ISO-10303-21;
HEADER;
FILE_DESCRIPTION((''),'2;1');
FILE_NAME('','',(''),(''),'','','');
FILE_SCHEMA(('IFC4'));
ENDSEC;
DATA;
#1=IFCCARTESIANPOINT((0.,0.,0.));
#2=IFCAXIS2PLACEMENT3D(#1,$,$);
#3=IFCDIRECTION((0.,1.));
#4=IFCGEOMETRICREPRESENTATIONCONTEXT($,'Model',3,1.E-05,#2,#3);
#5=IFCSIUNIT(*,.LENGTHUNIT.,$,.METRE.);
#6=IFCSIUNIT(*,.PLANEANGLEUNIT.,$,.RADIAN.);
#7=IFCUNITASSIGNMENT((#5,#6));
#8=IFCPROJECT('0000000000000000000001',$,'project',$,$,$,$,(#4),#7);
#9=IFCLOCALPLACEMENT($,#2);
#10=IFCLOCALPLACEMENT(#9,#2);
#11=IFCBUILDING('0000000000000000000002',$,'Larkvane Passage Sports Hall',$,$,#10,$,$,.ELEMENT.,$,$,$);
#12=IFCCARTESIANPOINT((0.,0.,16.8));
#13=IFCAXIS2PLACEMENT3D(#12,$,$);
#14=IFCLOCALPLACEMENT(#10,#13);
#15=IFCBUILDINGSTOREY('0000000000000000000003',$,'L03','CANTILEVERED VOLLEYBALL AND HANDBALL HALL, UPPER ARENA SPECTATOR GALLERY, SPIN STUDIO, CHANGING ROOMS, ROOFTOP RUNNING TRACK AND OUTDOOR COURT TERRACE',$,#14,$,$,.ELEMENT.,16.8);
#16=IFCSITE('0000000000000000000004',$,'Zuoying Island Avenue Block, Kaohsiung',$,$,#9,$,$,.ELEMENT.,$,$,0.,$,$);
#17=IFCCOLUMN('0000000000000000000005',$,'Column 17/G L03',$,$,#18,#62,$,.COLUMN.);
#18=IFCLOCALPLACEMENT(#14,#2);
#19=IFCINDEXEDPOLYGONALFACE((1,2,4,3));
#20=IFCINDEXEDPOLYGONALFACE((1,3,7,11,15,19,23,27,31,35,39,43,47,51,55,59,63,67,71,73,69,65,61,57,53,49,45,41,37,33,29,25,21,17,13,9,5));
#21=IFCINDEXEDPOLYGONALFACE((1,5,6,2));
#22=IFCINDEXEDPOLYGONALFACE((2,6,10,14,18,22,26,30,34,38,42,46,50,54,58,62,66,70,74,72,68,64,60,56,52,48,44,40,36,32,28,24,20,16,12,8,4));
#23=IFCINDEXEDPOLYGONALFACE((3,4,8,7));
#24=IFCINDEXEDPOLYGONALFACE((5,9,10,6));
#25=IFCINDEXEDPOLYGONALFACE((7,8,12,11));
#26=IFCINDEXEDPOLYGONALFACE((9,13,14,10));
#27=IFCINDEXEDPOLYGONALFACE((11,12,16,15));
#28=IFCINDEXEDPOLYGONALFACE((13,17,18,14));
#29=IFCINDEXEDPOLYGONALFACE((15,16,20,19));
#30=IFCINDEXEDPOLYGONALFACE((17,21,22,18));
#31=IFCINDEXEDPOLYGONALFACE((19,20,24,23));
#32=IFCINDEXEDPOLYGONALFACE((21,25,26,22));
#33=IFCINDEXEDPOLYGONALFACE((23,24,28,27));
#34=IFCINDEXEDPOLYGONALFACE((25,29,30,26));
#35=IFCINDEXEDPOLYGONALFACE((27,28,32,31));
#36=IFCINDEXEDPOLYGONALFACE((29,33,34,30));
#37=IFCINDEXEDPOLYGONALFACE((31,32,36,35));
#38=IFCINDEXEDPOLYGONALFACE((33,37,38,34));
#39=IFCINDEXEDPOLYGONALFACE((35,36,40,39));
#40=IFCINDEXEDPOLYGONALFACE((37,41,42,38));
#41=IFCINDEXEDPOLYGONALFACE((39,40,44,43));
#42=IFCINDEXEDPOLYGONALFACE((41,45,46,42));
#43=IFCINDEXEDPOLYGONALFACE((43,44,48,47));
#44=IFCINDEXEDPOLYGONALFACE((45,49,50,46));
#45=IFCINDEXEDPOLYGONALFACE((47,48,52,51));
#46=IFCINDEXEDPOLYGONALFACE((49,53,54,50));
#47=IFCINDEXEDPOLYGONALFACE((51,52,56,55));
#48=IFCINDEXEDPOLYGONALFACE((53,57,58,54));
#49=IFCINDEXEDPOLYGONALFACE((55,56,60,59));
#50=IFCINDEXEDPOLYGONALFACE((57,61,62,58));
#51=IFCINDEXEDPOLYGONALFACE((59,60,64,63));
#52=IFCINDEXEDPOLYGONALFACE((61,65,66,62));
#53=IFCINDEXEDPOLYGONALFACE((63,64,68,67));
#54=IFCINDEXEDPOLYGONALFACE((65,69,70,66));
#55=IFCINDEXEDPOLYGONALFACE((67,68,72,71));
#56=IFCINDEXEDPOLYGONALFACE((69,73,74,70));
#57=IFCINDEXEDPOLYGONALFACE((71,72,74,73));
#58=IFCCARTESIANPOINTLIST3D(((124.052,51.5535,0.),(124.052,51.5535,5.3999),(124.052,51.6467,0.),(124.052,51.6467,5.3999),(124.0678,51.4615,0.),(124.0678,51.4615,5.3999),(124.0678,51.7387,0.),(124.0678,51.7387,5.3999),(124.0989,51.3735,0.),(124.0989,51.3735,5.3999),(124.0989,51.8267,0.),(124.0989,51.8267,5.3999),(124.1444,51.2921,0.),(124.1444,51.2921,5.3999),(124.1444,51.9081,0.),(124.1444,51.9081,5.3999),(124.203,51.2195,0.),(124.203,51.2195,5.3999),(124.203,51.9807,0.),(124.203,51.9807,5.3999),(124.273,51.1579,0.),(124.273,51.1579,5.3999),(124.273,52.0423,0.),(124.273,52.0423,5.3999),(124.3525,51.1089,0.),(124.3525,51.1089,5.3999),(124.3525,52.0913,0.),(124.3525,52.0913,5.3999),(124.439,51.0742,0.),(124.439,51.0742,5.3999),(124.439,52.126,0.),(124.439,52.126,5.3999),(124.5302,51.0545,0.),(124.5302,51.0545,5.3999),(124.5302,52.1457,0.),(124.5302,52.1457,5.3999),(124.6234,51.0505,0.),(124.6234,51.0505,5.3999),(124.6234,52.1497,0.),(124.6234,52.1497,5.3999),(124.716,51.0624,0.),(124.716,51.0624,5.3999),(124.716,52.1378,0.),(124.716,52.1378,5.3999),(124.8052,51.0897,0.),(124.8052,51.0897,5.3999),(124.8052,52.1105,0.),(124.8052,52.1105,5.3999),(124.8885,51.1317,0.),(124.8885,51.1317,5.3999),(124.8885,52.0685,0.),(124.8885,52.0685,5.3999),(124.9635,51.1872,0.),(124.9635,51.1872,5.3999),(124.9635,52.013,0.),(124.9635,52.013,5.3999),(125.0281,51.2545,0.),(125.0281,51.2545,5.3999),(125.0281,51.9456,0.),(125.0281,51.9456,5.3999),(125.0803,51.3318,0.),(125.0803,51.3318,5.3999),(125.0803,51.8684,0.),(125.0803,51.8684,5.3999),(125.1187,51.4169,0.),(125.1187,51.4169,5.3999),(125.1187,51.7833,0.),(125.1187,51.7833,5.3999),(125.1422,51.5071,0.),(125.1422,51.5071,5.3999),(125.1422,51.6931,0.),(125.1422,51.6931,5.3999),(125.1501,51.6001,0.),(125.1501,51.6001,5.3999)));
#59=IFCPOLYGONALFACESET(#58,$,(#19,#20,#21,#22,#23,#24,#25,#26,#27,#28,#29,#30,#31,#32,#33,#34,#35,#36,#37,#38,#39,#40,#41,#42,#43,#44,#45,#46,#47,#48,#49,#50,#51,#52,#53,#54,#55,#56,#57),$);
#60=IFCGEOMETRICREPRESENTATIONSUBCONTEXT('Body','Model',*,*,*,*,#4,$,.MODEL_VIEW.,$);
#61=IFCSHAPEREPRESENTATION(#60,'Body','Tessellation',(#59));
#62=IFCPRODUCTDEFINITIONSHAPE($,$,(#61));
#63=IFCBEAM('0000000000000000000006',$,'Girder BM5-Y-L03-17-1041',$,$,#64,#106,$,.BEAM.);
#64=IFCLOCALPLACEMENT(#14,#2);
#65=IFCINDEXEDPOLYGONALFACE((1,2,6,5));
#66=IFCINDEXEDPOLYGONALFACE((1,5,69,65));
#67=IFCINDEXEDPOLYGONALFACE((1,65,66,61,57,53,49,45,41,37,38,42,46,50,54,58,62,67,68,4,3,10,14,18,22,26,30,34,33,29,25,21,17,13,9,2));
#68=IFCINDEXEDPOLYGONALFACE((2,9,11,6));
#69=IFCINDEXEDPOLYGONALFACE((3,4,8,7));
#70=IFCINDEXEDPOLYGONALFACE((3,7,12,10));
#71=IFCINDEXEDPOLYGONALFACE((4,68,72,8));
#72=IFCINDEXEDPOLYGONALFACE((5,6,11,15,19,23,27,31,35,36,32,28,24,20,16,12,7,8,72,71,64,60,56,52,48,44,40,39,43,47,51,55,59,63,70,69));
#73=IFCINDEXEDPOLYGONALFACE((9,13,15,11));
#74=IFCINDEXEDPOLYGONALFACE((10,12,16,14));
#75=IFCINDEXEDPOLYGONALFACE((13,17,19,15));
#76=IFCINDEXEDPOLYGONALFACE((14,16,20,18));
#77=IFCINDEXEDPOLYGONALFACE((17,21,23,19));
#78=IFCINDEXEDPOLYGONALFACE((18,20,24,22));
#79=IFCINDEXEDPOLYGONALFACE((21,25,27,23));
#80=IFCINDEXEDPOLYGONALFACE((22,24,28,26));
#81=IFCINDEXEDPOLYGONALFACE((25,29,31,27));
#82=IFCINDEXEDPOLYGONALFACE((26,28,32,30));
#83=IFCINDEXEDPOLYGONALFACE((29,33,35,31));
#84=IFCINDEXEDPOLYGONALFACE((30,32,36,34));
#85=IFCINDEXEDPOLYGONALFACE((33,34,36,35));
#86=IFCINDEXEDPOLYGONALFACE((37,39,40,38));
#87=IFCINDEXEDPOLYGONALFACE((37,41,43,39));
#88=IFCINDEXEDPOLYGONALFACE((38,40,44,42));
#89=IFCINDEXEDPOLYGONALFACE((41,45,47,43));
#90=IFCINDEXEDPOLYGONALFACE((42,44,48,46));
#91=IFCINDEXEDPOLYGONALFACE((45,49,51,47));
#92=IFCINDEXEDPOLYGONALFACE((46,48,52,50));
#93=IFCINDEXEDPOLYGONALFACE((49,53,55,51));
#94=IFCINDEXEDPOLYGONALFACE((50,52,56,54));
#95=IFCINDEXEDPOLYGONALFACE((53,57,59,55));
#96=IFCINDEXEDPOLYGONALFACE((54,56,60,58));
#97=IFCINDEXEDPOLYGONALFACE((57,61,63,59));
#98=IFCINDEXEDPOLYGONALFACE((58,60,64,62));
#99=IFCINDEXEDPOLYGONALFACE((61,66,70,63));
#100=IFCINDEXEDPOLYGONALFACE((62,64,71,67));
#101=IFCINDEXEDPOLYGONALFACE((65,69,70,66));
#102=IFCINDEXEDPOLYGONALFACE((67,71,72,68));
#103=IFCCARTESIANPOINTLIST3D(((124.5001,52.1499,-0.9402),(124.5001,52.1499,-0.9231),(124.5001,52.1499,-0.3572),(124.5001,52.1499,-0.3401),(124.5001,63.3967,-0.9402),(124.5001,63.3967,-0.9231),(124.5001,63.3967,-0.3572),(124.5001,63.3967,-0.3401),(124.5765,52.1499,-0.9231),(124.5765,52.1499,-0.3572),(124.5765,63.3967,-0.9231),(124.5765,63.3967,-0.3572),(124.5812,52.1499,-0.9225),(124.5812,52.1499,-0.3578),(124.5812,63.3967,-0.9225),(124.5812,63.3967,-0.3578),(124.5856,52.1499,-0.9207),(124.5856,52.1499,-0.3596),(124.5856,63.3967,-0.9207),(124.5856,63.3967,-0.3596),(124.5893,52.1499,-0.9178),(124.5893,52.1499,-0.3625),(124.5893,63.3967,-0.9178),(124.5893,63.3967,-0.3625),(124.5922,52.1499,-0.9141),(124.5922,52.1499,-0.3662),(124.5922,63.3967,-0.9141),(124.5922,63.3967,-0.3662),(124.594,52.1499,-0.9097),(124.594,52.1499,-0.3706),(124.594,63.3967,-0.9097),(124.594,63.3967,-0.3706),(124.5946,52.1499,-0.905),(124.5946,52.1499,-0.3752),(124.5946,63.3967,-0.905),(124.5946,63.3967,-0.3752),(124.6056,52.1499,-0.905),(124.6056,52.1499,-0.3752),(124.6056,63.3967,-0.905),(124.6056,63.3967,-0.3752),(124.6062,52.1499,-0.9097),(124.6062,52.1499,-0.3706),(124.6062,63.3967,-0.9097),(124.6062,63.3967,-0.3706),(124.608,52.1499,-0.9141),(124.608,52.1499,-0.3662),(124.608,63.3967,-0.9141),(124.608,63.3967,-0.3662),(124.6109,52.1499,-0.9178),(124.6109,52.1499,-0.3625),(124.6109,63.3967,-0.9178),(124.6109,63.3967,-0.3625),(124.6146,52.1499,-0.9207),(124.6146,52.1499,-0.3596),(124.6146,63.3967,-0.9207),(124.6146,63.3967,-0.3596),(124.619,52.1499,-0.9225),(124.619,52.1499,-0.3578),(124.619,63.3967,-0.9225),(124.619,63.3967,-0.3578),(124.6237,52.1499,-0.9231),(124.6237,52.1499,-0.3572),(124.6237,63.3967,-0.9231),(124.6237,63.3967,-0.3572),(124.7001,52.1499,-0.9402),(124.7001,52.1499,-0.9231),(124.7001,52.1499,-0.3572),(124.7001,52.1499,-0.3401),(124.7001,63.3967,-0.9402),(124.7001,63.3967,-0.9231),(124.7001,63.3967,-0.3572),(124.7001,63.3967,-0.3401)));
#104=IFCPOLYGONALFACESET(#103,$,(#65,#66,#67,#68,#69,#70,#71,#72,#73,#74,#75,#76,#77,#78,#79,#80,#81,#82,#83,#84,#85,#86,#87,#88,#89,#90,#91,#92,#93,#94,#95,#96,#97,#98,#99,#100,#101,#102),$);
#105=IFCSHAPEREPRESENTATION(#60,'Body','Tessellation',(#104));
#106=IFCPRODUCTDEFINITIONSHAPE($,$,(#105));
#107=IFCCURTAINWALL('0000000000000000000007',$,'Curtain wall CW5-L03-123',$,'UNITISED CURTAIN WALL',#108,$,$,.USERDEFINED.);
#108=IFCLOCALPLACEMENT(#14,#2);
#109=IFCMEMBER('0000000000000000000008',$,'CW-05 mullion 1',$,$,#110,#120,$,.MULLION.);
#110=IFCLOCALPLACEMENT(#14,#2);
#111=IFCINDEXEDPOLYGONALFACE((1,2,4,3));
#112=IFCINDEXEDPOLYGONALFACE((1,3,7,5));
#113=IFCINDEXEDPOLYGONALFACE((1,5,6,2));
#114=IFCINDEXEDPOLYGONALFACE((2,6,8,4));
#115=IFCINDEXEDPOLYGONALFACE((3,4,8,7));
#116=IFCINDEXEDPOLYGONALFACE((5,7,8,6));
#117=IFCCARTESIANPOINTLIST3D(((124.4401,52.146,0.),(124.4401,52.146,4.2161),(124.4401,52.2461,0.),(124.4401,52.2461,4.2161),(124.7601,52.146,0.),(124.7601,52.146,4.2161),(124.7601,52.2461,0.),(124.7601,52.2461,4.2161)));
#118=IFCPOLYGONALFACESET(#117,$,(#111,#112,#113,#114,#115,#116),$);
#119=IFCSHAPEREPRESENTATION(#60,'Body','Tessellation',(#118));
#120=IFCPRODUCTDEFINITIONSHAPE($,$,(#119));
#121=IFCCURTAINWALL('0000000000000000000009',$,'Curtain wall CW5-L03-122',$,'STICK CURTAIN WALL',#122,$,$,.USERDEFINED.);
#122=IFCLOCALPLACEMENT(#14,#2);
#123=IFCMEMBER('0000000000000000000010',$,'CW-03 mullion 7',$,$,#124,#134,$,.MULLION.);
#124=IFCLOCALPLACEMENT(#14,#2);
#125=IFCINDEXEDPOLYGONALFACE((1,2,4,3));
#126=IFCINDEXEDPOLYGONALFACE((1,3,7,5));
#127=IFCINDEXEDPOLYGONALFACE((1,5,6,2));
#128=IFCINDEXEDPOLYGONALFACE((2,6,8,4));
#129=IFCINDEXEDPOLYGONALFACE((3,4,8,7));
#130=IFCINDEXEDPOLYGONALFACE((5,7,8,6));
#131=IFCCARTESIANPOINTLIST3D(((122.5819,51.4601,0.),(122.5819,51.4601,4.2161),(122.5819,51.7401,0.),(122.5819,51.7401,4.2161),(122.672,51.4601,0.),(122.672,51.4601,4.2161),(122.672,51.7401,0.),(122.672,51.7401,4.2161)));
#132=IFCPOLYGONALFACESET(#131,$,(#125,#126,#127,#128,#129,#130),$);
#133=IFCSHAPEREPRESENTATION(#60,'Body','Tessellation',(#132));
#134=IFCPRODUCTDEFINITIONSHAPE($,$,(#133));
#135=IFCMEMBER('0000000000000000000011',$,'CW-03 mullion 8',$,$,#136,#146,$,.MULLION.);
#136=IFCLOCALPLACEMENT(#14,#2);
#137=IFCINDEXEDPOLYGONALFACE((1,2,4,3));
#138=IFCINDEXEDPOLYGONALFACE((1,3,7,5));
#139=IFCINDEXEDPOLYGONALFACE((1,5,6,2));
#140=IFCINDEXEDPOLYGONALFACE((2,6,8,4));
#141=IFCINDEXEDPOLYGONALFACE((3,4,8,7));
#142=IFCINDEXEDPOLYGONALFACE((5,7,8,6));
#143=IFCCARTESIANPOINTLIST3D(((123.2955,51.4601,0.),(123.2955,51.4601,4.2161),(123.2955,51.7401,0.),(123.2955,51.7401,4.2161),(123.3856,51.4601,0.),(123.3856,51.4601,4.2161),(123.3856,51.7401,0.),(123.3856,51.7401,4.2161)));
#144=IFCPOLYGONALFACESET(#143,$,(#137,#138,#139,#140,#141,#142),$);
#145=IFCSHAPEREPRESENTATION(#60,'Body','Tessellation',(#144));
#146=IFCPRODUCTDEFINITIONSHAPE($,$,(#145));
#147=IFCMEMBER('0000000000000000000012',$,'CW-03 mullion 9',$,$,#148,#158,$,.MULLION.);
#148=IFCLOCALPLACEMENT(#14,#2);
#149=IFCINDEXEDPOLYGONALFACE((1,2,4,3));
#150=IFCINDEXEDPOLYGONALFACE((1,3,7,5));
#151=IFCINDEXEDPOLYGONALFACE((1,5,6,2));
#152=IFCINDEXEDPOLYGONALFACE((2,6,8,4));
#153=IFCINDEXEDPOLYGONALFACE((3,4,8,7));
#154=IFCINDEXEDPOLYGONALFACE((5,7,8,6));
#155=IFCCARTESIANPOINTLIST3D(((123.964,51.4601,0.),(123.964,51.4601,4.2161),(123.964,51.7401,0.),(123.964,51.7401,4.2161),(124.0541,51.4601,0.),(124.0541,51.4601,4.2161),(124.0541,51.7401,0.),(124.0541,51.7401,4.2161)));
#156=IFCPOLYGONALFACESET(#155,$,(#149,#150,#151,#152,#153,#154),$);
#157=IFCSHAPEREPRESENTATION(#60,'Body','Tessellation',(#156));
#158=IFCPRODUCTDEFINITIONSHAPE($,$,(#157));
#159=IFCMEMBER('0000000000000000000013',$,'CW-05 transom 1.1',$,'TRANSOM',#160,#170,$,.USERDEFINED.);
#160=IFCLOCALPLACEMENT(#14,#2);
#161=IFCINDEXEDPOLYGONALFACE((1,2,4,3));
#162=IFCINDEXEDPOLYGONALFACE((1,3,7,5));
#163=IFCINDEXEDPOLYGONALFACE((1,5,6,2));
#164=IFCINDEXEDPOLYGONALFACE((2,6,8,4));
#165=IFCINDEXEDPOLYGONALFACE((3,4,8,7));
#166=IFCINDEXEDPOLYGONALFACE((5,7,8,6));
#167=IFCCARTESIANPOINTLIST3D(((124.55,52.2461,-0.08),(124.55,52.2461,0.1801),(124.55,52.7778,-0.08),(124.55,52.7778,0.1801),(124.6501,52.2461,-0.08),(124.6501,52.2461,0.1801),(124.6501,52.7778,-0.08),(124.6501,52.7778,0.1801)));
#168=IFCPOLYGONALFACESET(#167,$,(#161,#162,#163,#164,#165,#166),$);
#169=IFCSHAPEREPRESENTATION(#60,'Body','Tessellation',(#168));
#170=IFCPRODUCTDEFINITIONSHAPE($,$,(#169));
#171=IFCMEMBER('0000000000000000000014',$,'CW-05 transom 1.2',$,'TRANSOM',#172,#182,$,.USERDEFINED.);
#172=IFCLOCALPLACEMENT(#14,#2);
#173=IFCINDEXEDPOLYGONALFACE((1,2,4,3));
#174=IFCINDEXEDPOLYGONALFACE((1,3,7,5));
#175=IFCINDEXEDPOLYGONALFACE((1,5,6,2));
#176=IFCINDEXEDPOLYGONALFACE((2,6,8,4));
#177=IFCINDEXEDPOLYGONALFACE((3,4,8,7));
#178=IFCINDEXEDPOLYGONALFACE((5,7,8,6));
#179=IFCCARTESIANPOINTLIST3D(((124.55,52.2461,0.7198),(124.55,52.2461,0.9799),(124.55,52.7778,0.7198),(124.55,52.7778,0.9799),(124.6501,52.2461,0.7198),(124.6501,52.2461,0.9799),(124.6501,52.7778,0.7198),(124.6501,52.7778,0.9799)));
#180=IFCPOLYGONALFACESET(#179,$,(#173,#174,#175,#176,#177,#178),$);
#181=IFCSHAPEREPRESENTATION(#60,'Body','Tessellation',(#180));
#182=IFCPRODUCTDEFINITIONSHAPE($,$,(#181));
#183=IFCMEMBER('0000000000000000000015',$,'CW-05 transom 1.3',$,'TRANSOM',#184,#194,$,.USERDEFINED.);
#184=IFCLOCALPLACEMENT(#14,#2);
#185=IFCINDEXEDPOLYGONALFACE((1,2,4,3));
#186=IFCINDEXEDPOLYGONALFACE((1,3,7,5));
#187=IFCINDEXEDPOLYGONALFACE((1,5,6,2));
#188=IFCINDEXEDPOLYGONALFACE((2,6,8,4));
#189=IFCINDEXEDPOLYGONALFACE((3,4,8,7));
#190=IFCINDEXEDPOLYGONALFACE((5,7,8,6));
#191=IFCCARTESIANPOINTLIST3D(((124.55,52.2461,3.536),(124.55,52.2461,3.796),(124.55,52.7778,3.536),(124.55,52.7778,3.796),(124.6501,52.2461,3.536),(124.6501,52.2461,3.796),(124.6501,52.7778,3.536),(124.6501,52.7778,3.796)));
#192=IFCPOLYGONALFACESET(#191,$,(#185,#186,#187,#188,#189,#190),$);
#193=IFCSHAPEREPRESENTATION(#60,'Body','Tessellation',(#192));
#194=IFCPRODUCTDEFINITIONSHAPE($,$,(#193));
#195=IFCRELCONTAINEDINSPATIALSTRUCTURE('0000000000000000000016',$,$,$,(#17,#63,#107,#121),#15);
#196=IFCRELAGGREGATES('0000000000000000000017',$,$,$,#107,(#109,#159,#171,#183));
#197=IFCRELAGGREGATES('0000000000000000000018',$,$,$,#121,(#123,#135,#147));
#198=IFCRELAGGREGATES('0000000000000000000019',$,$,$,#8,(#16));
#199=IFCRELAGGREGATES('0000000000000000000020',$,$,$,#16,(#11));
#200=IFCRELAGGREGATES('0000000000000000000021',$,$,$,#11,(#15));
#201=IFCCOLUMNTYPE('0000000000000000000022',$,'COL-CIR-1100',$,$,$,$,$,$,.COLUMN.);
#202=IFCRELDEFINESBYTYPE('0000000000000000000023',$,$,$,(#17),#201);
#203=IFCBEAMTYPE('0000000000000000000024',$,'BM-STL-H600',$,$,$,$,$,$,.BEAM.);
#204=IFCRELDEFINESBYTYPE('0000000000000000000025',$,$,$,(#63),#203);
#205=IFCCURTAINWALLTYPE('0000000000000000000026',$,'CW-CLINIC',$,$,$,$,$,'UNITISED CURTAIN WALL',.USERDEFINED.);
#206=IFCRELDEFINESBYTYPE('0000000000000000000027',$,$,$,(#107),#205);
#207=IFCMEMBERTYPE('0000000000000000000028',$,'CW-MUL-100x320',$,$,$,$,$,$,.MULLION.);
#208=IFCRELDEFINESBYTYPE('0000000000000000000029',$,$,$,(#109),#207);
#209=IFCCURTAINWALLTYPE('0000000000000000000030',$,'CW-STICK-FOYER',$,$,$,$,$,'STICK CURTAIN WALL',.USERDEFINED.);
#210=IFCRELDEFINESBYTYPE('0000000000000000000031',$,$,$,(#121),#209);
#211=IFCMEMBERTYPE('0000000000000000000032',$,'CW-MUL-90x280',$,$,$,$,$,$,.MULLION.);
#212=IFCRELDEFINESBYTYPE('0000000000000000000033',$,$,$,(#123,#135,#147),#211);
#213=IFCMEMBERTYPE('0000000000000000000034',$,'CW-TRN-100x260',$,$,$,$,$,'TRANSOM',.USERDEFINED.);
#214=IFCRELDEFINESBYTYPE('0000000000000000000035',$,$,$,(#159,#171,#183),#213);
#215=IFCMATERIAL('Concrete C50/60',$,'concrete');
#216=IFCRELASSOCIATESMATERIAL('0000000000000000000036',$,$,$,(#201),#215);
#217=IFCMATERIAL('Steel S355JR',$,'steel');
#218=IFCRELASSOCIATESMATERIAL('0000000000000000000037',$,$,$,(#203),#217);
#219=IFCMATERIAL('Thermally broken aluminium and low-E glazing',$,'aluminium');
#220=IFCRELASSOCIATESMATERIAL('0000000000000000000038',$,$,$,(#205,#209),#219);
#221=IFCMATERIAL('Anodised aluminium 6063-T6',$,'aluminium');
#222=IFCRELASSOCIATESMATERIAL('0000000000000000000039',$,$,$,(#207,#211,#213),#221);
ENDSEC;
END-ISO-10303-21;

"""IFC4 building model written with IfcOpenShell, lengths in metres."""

from ifc_helpers import new_model, si_unit, direction, frame, origin, origin_2d, place, context, subcontext, project, spatial, rectangle, circle, i_section, extrude, material, material_profile, profile_set, type_object, element, aggregate, save


model = new_model("IFC4")

# Units and contexts
model_context = context("Model", 3, precision=1e-05, world=origin(), true_north=direction((0.0, 1.0)))
body_context = subcontext(model_context, "Body", "Model", "MODEL_VIEW")
ifc_project = project(units=[si_unit("LENGTHUNIT", "METRE"), si_unit("PLANEANGLEUNIT", "RADIAN")], contexts=[model_context])

# Site, building, storey
site_placement = place(None, origin())
site = spatial("IfcSite", under=ifc_project, at=site_placement, Name="Zuoying Island Avenue Block, Kaohsiung", CompositionType="ELEMENT", RefElevation=0.0)
building_placement = place(site_placement, origin())
building = spatial("IfcBuilding", under=site, at=building_placement, Name="Larkvane Passage Sports Hall", CompositionType="ELEMENT")
storey_placement = place(building_placement, frame((0.0, 0.0, 16.8)))
storey = spatial("IfcBuildingStorey", under=building, at=storey_placement, Name="L03", Description="CANTILEVERED VOLLEYBALL AND HANDBALL HALL, UPPER ARENA SPECTATOR GALLERY, SPIN STUDIO, CHANGING ROOMS, ROOFTOP RUNNING TRACK AND OUTDOOR COURT TERRACE", CompositionType="ELEMENT", Elevation=16.8)

# Column
ifc_material_1 = material(Name="Concrete C50/60", Category="concrete")
ifc_material_profile_1 = material_profile(ifc_material_1, circle(Radius=0.55, at=origin_2d()), Name="RC-CIR-1100")
ifc_profile_set_1 = profile_set([ifc_material_profile_1], Name="Concrete C50/60")
column_type = type_object("IfcColumnType", Name="COL-CIR-1100", PredefinedType="COLUMN", material=ifc_profile_set_1)
column_placement = place(storey_placement, frame((124.6001, 51.6001, 0.0), z_axis=(0.0, 0.0, 1.0), x_axis=(1.0, 0.0, 0.0)))
element("IfcColumn", 1, at=column_placement, inside=storey, type_object=column_type, Name="Column 17/G L03", PredefinedType="COLUMN", context=body_context, shape_type="SweptSolid", body=[
    extrude(circle(Radius=0.55, at=origin_2d()), origin(), (0.0, 0.0, 1.0), 5.3999),
])

# Beam
ifc_material_2 = material(Name="Steel S355JR", Category="steel")
ifc_material_profile_2 = material_profile(ifc_material_2, i_section(OverallWidth=0.2, OverallDepth=0.6001, WebThickness=0.011, FlangeThickness=0.0171, FilletRadius=0.0181, at=origin_2d()), Name="H-600x200x11x17")
ifc_profile_set_2 = profile_set([ifc_material_profile_2], Name="Steel S355JR")
beam_type = type_object("IfcBeamType", Name="BM-STL-H600", PredefinedType="BEAM", material=ifc_profile_set_2)
beam_placement = place(storey_placement, frame((124.6001, 52.1499, -0.6401), z_axis=(0.0, 1.0, 0.0), x_axis=(-1.0, 0.0, 0.0)))
element("IfcBeam", 2, at=beam_placement, inside=storey, type_object=beam_type, Name="Girder BM5-Y-L03-17-1041", PredefinedType="BEAM", context=body_context, shape_type="SweptSolid", body=[
    extrude(i_section(OverallWidth=0.2, OverallDepth=0.6001, WebThickness=0.011, FlangeThickness=0.0171, FilletRadius=0.0181, at=origin_2d()), origin(), (0.0, 0.0, 1.0), 11.2468),
])

# Curtain wall, member
ifc_material_3 = material(Name="Thermally broken aluminium and low-E glazing", Category="aluminium")
curtain_wall_type_1 = type_object("IfcCurtainWallType", Name="CW-CLINIC", ElementType="UNITISED CURTAIN WALL", PredefinedType="USERDEFINED", material=ifc_material_3)
curtain_wall_1_placement = place(storey_placement, origin())
curtain_wall_1 = element("IfcCurtainWall", 3, at=curtain_wall_1_placement, inside=storey, type_object=curtain_wall_type_1, Name="Curtain wall CW5-L03-123", ObjectType="UNITISED CURTAIN WALL", PredefinedType="USERDEFINED")
ifc_material_4 = material(Name="Anodised aluminium 6063-T6", Category="aluminium")
ifc_material_profile_3 = material_profile(ifc_material_4, rectangle(XDim=0.1001, YDim=0.3201, at=origin_2d()), Name="ALU-MUL-100x320")
ifc_profile_set_3 = profile_set([ifc_material_profile_3], Name="Anodised aluminium 6063-T6")
member_type_1 = type_object("IfcMemberType", Name="CW-MUL-100x320", PredefinedType="MULLION", material=ifc_profile_set_3)
member_1_placement = place(storey_placement, frame((124.6001, 52.196, 0.0), z_axis=(0.0, 0.0, 1.0), x_axis=(0.0, 1.0, 0.0)))
member_1 = element("IfcMember", 4, at=member_1_placement, type_object=member_type_1, Name="CW-05 mullion 1", PredefinedType="MULLION", context=body_context, shape_type="SweptSolid", body=[
    extrude(rectangle(XDim=0.1001, YDim=0.3201, at=origin_2d()), origin(), (0.0, 0.0, 1.0), 4.2161),
])

# Curtain wall, members
curtain_wall_type_2 = type_object("IfcCurtainWallType", Name="CW-STICK-FOYER", ElementType="STICK CURTAIN WALL", PredefinedType="USERDEFINED", material=ifc_material_3)
curtain_wall_2_placement = place(storey_placement, origin())
curtain_wall_2 = element("IfcCurtainWall", 5, at=curtain_wall_2_placement, inside=storey, type_object=curtain_wall_type_2, Name="Curtain wall CW5-L03-122", ObjectType="STICK CURTAIN WALL", PredefinedType="USERDEFINED")
ifc_material_profile_4 = material_profile(ifc_material_4, rectangle(XDim=0.0901, YDim=0.28, at=origin_2d()), Name="ALU-MUL-90x280")
ifc_profile_set_4 = profile_set([ifc_material_profile_4], Name="Anodised aluminium 6063-T6")
member_type_2 = type_object("IfcMemberType", Name="CW-MUL-90x280", PredefinedType="MULLION", material=ifc_profile_set_4)
member_2_placement = place(storey_placement, frame((122.627, 51.6001, 0.0), z_axis=(0.0, 0.0, 1.0), x_axis=(1.0, 0.0, 0.0)))
member_2 = element("IfcMember", 6, at=member_2_placement, type_object=member_type_2, Name="CW-03 mullion 7", PredefinedType="MULLION", context=body_context, shape_type="SweptSolid", body=[
    extrude(rectangle(XDim=0.0901, YDim=0.28, at=origin_2d()), origin(), (0.0, 0.0, 1.0), 4.2161),
])
member_3_placement = place(storey_placement, frame((123.3406, 51.6001, 0.0), z_axis=(0.0, 0.0, 1.0), x_axis=(1.0, 0.0, 0.0)))
member_3 = element("IfcMember", 7, at=member_3_placement, type_object=member_type_2, Name="CW-03 mullion 8", PredefinedType="MULLION", context=body_context, shape_type="SweptSolid", body=[
    extrude(rectangle(XDim=0.0901, YDim=0.28, at=origin_2d()), origin(), (0.0, 0.0, 1.0), 4.2161),
])
member_4_placement = place(storey_placement, frame((124.009, 51.6001, 0.0), z_axis=(0.0, 0.0, 1.0), x_axis=(1.0, 0.0, 0.0)))
member_4 = element("IfcMember", 8, at=member_4_placement, type_object=member_type_2, Name="CW-03 mullion 9", PredefinedType="MULLION", context=body_context, shape_type="SweptSolid", body=[
    extrude(rectangle(XDim=0.0901, YDim=0.28, at=origin_2d()), origin(), (0.0, 0.0, 1.0), 4.2161),
])

# Members
ifc_material_profile_5 = material_profile(ifc_material_4, rectangle(XDim=0.1001, YDim=0.26, at=origin_2d()), Name="ALU-TRN-100x260")
ifc_profile_set_5 = profile_set([ifc_material_profile_5], Name="Anodised aluminium 6063-T6")
member_type_3 = type_object("IfcMemberType", Name="CW-TRN-100x260", ElementType="TRANSOM", PredefinedType="USERDEFINED", material=ifc_profile_set_5)
member_5_placement = place(storey_placement, frame((124.6001, 52.2461, 0.05), z_axis=(0.0, 1.0, 0.0), x_axis=(-1.0, 0.0, 0.0)))
member_5 = element("IfcMember", 9, at=member_5_placement, type_object=member_type_3, Name="CW-05 transom 1.1", ObjectType="TRANSOM", PredefinedType="USERDEFINED", context=body_context, shape_type="SweptSolid", body=[
    extrude(rectangle(XDim=0.1001, YDim=0.26, at=origin_2d()), origin(), (0.0, 0.0, 1.0), 0.5317),
])
member_6_placement = place(storey_placement, frame((124.6001, 52.2461, 0.8499), z_axis=(0.0, 1.0, 0.0), x_axis=(-1.0, 0.0, 0.0)))
member_6 = element("IfcMember", 10, at=member_6_placement, type_object=member_type_3, Name="CW-05 transom 1.2", ObjectType="TRANSOM", PredefinedType="USERDEFINED", context=body_context, shape_type="SweptSolid", body=[
    extrude(rectangle(XDim=0.1001, YDim=0.26, at=origin_2d()), origin(), (0.0, 0.0, 1.0), 0.5317),
])
member_7_placement = place(storey_placement, frame((124.6001, 52.2461, 3.666), z_axis=(0.0, 1.0, 0.0), x_axis=(-1.0, 0.0, 0.0)))
member_7 = element("IfcMember", 11, at=member_7_placement, type_object=member_type_3, Name="CW-05 transom 1.3", ObjectType="TRANSOM", PredefinedType="USERDEFINED", context=body_context, shape_type="SweptSolid", body=[
    extrude(rectangle(XDim=0.1001, YDim=0.26, at=origin_2d()), origin(), (0.0, 0.0, 1.0), 0.5317),
])

aggregate(curtain_wall_1, [member_1, member_5, member_6, member_7])
aggregate(curtain_wall_2, [member_2, member_3, member_4])

save(model, "model.ifc")
